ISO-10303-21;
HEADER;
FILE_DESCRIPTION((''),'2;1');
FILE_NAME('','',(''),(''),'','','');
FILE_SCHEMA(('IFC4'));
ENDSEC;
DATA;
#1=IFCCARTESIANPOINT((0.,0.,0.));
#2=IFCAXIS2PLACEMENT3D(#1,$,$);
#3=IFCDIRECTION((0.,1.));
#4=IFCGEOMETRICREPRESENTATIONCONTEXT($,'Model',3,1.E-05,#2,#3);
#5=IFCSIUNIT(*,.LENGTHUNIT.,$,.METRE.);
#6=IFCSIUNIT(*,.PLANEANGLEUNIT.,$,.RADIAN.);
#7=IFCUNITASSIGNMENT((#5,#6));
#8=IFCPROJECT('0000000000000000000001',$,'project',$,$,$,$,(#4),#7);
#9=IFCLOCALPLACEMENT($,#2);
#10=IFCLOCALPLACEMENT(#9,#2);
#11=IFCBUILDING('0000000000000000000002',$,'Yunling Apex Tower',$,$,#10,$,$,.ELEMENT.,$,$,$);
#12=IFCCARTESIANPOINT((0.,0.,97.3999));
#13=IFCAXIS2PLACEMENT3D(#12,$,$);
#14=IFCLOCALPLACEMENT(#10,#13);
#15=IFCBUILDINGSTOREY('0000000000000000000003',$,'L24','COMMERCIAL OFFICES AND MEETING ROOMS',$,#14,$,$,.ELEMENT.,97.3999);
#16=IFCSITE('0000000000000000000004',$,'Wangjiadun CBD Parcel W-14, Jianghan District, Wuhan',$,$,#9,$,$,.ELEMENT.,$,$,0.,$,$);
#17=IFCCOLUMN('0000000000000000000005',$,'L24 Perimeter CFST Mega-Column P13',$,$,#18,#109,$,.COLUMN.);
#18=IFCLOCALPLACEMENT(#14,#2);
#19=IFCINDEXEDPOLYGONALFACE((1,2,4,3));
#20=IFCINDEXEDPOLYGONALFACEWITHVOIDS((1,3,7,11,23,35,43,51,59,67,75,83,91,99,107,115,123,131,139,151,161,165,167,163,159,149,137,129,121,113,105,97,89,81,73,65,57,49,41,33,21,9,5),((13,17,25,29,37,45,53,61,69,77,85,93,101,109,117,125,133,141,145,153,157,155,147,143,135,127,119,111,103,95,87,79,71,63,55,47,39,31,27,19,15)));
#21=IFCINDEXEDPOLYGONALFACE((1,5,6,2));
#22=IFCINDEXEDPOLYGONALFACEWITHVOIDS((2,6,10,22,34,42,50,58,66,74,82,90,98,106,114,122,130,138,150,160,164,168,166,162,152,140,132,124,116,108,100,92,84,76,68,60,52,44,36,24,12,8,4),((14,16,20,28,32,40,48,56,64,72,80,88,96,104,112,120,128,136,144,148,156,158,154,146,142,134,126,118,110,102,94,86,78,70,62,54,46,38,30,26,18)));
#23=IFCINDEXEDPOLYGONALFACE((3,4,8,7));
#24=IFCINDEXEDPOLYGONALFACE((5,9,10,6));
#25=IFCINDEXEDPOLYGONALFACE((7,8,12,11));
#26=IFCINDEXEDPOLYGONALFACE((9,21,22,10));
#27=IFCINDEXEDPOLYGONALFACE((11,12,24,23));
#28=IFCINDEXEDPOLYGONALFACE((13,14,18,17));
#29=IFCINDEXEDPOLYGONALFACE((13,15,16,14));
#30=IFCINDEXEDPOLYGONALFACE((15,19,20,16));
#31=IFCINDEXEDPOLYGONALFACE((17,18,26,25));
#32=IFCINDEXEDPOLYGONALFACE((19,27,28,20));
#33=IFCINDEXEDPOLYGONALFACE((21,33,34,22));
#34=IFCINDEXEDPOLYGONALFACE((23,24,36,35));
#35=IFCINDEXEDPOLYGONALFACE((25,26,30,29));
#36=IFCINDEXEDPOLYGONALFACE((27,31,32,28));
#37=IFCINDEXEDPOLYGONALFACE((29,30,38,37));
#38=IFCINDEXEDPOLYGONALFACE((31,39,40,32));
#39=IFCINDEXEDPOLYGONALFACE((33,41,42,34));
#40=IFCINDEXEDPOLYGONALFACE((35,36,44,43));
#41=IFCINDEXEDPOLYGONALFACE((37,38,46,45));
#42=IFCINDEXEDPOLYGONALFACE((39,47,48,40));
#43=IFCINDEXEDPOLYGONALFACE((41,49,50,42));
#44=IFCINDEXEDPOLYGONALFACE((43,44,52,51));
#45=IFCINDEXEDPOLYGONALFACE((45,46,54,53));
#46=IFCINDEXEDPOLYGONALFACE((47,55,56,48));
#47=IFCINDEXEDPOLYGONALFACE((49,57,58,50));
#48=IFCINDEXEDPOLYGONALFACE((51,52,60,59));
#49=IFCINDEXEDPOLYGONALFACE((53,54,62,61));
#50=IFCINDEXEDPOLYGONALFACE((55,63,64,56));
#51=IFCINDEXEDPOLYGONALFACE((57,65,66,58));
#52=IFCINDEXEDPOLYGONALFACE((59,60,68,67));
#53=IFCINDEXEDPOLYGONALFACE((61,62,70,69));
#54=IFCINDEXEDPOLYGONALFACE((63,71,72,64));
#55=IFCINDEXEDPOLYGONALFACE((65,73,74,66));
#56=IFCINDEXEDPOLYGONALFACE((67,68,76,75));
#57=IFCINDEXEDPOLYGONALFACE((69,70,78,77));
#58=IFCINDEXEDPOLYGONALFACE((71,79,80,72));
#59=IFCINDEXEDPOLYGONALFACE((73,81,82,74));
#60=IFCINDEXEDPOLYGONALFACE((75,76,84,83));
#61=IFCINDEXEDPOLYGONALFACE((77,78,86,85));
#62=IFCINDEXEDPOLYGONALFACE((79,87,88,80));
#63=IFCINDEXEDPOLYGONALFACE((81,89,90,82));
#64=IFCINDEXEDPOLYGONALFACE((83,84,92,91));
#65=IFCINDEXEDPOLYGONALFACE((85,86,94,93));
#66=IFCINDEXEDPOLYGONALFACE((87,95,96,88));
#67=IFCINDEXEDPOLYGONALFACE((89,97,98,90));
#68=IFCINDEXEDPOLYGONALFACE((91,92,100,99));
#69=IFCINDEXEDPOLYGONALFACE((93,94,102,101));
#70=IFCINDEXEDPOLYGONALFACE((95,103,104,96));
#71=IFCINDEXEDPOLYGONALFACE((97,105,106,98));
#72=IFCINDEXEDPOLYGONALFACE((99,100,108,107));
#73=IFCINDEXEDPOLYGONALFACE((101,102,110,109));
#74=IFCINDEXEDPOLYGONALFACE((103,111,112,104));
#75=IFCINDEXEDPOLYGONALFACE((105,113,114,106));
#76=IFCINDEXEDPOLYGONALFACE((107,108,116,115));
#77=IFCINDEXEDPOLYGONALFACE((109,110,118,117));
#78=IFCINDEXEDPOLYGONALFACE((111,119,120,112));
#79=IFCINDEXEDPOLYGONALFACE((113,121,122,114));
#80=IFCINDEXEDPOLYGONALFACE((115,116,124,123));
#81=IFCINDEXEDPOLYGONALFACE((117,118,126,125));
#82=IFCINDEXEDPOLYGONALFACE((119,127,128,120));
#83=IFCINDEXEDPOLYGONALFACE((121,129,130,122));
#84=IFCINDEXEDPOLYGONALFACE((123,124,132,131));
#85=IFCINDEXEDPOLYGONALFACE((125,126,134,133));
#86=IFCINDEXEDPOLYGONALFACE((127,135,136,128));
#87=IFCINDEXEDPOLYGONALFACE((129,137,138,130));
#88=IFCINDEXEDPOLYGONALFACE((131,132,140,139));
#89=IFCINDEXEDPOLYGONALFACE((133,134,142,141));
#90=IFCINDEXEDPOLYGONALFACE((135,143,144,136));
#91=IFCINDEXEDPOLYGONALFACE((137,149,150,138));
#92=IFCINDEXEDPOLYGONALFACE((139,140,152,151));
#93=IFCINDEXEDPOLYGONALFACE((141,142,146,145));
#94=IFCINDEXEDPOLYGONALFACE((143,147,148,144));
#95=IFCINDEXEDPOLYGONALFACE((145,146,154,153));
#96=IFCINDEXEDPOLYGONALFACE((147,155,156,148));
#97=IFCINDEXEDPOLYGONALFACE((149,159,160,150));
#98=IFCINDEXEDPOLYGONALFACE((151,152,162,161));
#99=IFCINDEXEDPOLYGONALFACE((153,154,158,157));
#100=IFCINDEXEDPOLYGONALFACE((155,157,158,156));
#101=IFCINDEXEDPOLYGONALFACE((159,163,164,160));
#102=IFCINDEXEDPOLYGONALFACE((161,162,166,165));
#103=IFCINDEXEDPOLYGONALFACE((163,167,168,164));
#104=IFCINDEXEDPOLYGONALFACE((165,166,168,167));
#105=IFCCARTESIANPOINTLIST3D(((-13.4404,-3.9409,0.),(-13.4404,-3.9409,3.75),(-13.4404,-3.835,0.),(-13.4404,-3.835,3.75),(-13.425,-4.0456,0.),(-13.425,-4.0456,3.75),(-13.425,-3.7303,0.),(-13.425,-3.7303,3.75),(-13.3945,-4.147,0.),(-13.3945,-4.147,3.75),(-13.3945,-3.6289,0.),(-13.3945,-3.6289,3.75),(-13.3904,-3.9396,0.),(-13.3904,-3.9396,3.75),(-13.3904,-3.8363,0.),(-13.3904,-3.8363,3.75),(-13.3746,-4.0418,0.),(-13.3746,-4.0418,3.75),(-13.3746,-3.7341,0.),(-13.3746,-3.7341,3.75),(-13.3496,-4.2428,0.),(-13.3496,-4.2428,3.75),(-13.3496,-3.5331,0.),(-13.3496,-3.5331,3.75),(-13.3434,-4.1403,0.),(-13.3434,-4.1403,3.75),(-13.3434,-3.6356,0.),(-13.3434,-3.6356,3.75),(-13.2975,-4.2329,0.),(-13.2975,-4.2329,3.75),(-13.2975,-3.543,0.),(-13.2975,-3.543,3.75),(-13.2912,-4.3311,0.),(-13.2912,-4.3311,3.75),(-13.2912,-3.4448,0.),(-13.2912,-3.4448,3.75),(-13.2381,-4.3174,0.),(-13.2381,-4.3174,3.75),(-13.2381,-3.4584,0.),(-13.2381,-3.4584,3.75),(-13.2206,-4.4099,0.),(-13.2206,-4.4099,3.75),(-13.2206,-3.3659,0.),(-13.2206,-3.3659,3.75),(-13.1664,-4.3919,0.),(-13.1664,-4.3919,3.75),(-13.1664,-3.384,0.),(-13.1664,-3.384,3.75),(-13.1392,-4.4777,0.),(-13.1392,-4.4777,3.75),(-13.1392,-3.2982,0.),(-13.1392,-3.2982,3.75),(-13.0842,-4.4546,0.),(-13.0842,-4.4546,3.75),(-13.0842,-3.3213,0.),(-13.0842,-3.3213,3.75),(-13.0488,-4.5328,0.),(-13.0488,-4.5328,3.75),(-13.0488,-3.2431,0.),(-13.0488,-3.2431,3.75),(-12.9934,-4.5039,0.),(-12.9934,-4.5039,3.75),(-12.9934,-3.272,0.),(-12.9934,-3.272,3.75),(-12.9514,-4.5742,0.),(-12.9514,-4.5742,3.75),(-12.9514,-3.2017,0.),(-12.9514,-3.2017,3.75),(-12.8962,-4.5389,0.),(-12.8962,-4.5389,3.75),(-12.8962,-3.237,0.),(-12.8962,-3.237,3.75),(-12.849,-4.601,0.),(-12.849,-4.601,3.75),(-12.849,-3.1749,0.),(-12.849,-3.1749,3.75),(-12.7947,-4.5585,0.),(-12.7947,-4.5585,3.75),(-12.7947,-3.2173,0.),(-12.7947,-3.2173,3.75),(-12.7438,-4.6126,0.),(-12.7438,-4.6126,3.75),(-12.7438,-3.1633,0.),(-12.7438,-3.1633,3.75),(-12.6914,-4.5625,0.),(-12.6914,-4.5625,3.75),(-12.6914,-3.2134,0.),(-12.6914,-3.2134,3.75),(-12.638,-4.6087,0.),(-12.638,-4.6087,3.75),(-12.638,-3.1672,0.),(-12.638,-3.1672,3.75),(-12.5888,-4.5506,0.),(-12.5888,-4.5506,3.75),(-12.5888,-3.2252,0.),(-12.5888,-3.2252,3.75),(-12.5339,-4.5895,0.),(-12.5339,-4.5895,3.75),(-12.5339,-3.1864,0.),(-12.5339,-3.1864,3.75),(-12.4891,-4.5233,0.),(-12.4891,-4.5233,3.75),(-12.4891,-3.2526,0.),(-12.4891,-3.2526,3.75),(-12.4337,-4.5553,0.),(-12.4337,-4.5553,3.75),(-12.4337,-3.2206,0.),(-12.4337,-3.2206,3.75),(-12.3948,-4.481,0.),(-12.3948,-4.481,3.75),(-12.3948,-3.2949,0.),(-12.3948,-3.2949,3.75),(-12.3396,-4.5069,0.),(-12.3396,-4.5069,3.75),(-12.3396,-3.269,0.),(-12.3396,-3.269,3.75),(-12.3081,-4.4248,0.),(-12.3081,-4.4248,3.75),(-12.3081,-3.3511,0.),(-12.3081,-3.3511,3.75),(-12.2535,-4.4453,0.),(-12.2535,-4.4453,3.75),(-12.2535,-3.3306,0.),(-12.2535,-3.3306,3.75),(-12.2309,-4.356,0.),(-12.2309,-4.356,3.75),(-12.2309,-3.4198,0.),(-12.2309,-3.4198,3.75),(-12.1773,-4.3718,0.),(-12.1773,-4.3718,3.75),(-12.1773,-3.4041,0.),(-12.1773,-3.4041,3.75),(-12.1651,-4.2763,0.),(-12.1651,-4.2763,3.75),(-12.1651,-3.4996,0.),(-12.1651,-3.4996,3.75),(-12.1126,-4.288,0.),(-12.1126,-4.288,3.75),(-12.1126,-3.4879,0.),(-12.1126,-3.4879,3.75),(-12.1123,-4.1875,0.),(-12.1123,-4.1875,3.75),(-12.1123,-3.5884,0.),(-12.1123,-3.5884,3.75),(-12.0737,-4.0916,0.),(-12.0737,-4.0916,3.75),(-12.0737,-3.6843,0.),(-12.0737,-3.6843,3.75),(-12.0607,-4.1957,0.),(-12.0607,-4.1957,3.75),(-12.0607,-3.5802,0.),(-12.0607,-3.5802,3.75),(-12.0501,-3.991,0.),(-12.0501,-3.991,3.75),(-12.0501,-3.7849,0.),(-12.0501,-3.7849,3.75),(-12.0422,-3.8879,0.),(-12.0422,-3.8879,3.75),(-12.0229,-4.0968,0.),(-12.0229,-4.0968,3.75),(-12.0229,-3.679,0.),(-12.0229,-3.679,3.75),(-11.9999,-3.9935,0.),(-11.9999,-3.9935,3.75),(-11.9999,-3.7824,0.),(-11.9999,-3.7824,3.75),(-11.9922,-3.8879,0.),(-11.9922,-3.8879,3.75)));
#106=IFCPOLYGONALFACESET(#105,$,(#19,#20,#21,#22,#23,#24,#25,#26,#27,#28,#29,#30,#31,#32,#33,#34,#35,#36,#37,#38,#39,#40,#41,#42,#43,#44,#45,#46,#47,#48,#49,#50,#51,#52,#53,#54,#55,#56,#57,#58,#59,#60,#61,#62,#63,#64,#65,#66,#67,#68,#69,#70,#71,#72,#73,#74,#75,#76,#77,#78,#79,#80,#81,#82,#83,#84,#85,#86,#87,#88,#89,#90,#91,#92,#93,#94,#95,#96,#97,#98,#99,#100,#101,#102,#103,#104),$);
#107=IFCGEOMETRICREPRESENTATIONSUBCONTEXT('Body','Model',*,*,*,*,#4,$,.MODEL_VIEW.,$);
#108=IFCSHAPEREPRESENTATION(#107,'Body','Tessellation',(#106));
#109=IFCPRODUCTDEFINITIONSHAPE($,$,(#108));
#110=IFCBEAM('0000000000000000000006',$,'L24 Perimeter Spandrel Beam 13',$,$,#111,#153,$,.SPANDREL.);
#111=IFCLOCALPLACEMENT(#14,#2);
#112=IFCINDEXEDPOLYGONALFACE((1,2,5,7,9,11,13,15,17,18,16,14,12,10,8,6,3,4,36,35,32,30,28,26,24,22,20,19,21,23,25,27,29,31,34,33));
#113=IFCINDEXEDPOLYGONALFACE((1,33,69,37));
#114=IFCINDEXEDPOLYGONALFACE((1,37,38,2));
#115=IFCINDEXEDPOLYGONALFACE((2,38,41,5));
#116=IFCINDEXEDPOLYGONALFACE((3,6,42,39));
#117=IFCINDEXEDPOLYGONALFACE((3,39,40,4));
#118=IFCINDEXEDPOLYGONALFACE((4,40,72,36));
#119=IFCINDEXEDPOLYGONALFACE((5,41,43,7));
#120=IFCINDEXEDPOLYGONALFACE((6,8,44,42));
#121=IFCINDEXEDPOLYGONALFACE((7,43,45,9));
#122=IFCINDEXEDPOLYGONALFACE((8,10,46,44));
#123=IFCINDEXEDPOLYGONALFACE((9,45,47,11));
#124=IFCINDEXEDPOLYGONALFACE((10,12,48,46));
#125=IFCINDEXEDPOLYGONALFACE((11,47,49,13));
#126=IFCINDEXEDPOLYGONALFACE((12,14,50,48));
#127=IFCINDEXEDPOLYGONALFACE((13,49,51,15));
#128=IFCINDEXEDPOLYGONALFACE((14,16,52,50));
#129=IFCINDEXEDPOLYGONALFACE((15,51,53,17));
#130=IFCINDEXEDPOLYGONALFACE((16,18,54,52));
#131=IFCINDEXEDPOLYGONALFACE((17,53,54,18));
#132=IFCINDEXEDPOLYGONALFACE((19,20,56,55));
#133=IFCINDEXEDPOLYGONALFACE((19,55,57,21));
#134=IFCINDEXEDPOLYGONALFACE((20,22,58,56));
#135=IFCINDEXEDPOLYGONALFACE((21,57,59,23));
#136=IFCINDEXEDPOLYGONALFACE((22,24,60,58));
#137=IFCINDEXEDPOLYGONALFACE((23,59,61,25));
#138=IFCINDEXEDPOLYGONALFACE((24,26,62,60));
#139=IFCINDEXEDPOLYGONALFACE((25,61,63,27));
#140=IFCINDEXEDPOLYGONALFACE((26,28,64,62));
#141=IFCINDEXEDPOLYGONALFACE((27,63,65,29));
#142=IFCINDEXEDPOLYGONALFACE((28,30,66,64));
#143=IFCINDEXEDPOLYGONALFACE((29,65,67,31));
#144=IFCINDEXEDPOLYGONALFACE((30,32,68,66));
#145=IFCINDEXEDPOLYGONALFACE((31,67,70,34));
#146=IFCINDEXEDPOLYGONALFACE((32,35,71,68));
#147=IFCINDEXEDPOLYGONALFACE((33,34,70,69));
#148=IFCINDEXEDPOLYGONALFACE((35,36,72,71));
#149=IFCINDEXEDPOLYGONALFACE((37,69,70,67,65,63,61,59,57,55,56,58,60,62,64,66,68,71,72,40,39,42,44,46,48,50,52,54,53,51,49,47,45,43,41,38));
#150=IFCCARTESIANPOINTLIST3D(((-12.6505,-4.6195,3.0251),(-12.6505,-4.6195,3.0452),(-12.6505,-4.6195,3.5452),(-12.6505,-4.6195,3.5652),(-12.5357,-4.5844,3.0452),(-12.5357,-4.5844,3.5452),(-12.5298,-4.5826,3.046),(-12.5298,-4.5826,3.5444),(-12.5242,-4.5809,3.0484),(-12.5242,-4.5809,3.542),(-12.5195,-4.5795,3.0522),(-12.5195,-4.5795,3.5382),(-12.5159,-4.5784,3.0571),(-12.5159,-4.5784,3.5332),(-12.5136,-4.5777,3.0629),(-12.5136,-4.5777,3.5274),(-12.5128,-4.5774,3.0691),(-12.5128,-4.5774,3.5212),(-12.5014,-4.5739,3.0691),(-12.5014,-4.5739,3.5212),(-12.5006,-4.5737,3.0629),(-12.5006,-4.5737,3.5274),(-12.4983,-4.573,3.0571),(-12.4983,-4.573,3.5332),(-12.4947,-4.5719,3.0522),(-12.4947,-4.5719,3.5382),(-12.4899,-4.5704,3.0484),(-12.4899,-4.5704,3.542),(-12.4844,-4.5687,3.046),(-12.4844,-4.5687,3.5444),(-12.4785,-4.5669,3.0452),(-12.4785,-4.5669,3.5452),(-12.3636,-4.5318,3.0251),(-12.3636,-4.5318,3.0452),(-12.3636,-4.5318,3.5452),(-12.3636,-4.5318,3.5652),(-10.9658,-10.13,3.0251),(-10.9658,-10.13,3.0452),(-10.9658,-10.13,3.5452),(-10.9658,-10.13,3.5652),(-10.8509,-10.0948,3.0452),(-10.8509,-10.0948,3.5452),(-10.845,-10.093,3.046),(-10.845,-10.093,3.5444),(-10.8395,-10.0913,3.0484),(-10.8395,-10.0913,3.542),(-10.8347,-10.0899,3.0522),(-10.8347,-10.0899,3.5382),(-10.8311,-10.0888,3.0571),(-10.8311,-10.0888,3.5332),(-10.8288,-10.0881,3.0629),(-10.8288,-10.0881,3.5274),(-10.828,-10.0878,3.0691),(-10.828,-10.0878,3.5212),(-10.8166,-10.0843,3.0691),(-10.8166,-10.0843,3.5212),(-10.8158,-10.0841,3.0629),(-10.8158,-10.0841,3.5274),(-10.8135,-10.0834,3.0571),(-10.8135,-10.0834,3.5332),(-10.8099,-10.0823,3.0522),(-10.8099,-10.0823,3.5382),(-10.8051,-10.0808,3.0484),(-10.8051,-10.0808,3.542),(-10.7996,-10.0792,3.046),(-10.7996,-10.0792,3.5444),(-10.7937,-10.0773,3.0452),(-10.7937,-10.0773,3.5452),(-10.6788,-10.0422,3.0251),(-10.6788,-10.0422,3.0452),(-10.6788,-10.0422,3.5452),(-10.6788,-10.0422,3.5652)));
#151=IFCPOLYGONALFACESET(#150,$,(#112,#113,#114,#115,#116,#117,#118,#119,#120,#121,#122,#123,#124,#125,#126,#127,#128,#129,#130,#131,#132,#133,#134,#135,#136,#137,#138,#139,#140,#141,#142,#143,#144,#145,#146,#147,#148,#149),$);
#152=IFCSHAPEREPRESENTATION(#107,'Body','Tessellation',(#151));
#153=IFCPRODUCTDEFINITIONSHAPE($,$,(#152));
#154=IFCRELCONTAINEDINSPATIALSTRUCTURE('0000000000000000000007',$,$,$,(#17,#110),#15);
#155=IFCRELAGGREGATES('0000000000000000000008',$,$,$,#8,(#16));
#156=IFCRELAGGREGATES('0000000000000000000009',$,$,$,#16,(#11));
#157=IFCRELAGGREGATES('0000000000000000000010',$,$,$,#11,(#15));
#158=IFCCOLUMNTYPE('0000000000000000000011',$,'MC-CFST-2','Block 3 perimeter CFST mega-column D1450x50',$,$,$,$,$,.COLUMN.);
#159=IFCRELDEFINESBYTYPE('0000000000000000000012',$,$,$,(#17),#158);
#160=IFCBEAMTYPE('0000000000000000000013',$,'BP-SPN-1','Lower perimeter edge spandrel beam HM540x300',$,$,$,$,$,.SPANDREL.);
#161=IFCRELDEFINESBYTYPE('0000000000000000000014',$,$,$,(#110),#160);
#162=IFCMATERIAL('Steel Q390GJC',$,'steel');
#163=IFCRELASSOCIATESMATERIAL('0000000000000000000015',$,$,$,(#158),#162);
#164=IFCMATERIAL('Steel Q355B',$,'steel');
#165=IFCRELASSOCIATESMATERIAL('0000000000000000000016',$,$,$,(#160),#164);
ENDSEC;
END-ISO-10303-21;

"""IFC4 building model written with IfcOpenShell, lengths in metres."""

from ifc_helpers import new_model, si_unit, direction, frame, origin, origin_2d, place, context, subcontext, project, spatial, hollow_circle, i_section, extrude, source, transform, mapped, material, material_profile, profile_set, type_object, element, save


model = new_model("IFC4")

# Units and contexts
model_context = context("Model", 3, precision=1e-05, world=origin(), true_north=direction((0.0, 1.0)))
body_context = subcontext(model_context, "Body", "Model", "MODEL_VIEW")
ifc_project = project(units=[si_unit("LENGTHUNIT", "METRE"), si_unit("PLANEANGLEUNIT", "RADIAN")], contexts=[model_context])

# Site, building, storey
site_placement = place(None, origin())
site = spatial("IfcSite", under=ifc_project, at=site_placement, Name="Wangjiadun CBD Parcel W-14, Jianghan District, Wuhan", CompositionType="ELEMENT", RefElevation=0.0)
building_placement = place(site_placement, origin())
building = spatial("IfcBuilding", under=site, at=building_placement, Name="Yunling Apex Tower", CompositionType="ELEMENT")
storey_placement = place(building_placement, frame((0.0, 0.0, 97.3999)))
storey = spatial("IfcBuildingStorey", under=building, at=storey_placement, Name="L24", Description="COMMERCIAL OFFICES AND MEETING ROOMS", CompositionType="ELEMENT", Elevation=97.3999)

# Column
ifc_material_1 = material(Name="Steel Q390GJC", Category="steel")
ifc_material_profile_1 = material_profile(ifc_material_1, hollow_circle(Radius=0.7251, WallThickness=0.05, at=origin_2d()))
ifc_profile_set_1 = profile_set([ifc_material_profile_1], Name="Steel Q390GJC")
column_type = type_object("IfcColumnType", Name="MC-CFST-2", Description="Block 3 perimeter CFST mega-column D1450x50", PredefinedType="COLUMN", material=ifc_profile_set_1)
shared_shape_1 = source(origin(), body_context, "Body", "SweptSolid", [
    extrude(hollow_circle(Radius=0.7251, WallThickness=0.05, at=origin_2d()), origin(), (0.0, 0.0, 1.0), 3.75),
])
column_placement = place(storey_placement, frame((-12.7173, -3.8879, 0.0), z_axis=(0.0, 0.0, 1.0), x_axis=(1.0, 0.0, 0.0)))
element("IfcColumn", 1, at=column_placement, inside=storey, type_object=column_type, Name="L24 Perimeter CFST Mega-Column P13", PredefinedType="COLUMN", context=body_context, shape_type="MappedRepresentation", body=[
    mapped(shared_shape_1, transform((0.0, 0.0, 0.0), scale=1.0)),
])

# Beam
ifc_material_2 = material(Name="Steel Q355B", Category="steel")
ifc_material_profile_2 = material_profile(ifc_material_2, i_section(OverallWidth=0.3, OverallDepth=0.54, WebThickness=0.012, FlangeThickness=0.02, FilletRadius=0.0239, at=origin_2d()))
ifc_profile_set_2 = profile_set([ifc_material_profile_2], Name="Steel Q355B")
beam_type_1 = type_object("IfcBeamType", Name="BP-SPN-1", Description="Lower perimeter edge spandrel beam HM540x300", PredefinedType="SPANDREL", material=ifc_profile_set_2)
shared_shape_2 = source(origin(), body_context, "Body", "SweptSolid", [
    extrude(i_section(OverallWidth=0.3, OverallDepth=0.54, WebThickness=0.012, FlangeThickness=0.02, FilletRadius=0.0239, at=origin_2d()), origin(), (0.0, 0.0, 1.0), 5.7622),
])
beam_1_placement = place(storey_placement, frame((-12.5071, -4.5757, 3.2952), z_axis=(0.292385, -0.956301, 0.0), x_axis=(0.956301, 0.292385, 0.0)))
element("IfcBeam", 2, at=beam_1_placement, inside=storey, type_object=beam_type_1, Name="L24 Perimeter Spandrel Beam 13", PredefinedType="SPANDREL", context=body_context, shape_type="MappedRepresentation", body=[
    mapped(shared_shape_2, transform((0.0, 0.0, 0.0), scale=1.0)),
])

save(model, "model.ifc")
